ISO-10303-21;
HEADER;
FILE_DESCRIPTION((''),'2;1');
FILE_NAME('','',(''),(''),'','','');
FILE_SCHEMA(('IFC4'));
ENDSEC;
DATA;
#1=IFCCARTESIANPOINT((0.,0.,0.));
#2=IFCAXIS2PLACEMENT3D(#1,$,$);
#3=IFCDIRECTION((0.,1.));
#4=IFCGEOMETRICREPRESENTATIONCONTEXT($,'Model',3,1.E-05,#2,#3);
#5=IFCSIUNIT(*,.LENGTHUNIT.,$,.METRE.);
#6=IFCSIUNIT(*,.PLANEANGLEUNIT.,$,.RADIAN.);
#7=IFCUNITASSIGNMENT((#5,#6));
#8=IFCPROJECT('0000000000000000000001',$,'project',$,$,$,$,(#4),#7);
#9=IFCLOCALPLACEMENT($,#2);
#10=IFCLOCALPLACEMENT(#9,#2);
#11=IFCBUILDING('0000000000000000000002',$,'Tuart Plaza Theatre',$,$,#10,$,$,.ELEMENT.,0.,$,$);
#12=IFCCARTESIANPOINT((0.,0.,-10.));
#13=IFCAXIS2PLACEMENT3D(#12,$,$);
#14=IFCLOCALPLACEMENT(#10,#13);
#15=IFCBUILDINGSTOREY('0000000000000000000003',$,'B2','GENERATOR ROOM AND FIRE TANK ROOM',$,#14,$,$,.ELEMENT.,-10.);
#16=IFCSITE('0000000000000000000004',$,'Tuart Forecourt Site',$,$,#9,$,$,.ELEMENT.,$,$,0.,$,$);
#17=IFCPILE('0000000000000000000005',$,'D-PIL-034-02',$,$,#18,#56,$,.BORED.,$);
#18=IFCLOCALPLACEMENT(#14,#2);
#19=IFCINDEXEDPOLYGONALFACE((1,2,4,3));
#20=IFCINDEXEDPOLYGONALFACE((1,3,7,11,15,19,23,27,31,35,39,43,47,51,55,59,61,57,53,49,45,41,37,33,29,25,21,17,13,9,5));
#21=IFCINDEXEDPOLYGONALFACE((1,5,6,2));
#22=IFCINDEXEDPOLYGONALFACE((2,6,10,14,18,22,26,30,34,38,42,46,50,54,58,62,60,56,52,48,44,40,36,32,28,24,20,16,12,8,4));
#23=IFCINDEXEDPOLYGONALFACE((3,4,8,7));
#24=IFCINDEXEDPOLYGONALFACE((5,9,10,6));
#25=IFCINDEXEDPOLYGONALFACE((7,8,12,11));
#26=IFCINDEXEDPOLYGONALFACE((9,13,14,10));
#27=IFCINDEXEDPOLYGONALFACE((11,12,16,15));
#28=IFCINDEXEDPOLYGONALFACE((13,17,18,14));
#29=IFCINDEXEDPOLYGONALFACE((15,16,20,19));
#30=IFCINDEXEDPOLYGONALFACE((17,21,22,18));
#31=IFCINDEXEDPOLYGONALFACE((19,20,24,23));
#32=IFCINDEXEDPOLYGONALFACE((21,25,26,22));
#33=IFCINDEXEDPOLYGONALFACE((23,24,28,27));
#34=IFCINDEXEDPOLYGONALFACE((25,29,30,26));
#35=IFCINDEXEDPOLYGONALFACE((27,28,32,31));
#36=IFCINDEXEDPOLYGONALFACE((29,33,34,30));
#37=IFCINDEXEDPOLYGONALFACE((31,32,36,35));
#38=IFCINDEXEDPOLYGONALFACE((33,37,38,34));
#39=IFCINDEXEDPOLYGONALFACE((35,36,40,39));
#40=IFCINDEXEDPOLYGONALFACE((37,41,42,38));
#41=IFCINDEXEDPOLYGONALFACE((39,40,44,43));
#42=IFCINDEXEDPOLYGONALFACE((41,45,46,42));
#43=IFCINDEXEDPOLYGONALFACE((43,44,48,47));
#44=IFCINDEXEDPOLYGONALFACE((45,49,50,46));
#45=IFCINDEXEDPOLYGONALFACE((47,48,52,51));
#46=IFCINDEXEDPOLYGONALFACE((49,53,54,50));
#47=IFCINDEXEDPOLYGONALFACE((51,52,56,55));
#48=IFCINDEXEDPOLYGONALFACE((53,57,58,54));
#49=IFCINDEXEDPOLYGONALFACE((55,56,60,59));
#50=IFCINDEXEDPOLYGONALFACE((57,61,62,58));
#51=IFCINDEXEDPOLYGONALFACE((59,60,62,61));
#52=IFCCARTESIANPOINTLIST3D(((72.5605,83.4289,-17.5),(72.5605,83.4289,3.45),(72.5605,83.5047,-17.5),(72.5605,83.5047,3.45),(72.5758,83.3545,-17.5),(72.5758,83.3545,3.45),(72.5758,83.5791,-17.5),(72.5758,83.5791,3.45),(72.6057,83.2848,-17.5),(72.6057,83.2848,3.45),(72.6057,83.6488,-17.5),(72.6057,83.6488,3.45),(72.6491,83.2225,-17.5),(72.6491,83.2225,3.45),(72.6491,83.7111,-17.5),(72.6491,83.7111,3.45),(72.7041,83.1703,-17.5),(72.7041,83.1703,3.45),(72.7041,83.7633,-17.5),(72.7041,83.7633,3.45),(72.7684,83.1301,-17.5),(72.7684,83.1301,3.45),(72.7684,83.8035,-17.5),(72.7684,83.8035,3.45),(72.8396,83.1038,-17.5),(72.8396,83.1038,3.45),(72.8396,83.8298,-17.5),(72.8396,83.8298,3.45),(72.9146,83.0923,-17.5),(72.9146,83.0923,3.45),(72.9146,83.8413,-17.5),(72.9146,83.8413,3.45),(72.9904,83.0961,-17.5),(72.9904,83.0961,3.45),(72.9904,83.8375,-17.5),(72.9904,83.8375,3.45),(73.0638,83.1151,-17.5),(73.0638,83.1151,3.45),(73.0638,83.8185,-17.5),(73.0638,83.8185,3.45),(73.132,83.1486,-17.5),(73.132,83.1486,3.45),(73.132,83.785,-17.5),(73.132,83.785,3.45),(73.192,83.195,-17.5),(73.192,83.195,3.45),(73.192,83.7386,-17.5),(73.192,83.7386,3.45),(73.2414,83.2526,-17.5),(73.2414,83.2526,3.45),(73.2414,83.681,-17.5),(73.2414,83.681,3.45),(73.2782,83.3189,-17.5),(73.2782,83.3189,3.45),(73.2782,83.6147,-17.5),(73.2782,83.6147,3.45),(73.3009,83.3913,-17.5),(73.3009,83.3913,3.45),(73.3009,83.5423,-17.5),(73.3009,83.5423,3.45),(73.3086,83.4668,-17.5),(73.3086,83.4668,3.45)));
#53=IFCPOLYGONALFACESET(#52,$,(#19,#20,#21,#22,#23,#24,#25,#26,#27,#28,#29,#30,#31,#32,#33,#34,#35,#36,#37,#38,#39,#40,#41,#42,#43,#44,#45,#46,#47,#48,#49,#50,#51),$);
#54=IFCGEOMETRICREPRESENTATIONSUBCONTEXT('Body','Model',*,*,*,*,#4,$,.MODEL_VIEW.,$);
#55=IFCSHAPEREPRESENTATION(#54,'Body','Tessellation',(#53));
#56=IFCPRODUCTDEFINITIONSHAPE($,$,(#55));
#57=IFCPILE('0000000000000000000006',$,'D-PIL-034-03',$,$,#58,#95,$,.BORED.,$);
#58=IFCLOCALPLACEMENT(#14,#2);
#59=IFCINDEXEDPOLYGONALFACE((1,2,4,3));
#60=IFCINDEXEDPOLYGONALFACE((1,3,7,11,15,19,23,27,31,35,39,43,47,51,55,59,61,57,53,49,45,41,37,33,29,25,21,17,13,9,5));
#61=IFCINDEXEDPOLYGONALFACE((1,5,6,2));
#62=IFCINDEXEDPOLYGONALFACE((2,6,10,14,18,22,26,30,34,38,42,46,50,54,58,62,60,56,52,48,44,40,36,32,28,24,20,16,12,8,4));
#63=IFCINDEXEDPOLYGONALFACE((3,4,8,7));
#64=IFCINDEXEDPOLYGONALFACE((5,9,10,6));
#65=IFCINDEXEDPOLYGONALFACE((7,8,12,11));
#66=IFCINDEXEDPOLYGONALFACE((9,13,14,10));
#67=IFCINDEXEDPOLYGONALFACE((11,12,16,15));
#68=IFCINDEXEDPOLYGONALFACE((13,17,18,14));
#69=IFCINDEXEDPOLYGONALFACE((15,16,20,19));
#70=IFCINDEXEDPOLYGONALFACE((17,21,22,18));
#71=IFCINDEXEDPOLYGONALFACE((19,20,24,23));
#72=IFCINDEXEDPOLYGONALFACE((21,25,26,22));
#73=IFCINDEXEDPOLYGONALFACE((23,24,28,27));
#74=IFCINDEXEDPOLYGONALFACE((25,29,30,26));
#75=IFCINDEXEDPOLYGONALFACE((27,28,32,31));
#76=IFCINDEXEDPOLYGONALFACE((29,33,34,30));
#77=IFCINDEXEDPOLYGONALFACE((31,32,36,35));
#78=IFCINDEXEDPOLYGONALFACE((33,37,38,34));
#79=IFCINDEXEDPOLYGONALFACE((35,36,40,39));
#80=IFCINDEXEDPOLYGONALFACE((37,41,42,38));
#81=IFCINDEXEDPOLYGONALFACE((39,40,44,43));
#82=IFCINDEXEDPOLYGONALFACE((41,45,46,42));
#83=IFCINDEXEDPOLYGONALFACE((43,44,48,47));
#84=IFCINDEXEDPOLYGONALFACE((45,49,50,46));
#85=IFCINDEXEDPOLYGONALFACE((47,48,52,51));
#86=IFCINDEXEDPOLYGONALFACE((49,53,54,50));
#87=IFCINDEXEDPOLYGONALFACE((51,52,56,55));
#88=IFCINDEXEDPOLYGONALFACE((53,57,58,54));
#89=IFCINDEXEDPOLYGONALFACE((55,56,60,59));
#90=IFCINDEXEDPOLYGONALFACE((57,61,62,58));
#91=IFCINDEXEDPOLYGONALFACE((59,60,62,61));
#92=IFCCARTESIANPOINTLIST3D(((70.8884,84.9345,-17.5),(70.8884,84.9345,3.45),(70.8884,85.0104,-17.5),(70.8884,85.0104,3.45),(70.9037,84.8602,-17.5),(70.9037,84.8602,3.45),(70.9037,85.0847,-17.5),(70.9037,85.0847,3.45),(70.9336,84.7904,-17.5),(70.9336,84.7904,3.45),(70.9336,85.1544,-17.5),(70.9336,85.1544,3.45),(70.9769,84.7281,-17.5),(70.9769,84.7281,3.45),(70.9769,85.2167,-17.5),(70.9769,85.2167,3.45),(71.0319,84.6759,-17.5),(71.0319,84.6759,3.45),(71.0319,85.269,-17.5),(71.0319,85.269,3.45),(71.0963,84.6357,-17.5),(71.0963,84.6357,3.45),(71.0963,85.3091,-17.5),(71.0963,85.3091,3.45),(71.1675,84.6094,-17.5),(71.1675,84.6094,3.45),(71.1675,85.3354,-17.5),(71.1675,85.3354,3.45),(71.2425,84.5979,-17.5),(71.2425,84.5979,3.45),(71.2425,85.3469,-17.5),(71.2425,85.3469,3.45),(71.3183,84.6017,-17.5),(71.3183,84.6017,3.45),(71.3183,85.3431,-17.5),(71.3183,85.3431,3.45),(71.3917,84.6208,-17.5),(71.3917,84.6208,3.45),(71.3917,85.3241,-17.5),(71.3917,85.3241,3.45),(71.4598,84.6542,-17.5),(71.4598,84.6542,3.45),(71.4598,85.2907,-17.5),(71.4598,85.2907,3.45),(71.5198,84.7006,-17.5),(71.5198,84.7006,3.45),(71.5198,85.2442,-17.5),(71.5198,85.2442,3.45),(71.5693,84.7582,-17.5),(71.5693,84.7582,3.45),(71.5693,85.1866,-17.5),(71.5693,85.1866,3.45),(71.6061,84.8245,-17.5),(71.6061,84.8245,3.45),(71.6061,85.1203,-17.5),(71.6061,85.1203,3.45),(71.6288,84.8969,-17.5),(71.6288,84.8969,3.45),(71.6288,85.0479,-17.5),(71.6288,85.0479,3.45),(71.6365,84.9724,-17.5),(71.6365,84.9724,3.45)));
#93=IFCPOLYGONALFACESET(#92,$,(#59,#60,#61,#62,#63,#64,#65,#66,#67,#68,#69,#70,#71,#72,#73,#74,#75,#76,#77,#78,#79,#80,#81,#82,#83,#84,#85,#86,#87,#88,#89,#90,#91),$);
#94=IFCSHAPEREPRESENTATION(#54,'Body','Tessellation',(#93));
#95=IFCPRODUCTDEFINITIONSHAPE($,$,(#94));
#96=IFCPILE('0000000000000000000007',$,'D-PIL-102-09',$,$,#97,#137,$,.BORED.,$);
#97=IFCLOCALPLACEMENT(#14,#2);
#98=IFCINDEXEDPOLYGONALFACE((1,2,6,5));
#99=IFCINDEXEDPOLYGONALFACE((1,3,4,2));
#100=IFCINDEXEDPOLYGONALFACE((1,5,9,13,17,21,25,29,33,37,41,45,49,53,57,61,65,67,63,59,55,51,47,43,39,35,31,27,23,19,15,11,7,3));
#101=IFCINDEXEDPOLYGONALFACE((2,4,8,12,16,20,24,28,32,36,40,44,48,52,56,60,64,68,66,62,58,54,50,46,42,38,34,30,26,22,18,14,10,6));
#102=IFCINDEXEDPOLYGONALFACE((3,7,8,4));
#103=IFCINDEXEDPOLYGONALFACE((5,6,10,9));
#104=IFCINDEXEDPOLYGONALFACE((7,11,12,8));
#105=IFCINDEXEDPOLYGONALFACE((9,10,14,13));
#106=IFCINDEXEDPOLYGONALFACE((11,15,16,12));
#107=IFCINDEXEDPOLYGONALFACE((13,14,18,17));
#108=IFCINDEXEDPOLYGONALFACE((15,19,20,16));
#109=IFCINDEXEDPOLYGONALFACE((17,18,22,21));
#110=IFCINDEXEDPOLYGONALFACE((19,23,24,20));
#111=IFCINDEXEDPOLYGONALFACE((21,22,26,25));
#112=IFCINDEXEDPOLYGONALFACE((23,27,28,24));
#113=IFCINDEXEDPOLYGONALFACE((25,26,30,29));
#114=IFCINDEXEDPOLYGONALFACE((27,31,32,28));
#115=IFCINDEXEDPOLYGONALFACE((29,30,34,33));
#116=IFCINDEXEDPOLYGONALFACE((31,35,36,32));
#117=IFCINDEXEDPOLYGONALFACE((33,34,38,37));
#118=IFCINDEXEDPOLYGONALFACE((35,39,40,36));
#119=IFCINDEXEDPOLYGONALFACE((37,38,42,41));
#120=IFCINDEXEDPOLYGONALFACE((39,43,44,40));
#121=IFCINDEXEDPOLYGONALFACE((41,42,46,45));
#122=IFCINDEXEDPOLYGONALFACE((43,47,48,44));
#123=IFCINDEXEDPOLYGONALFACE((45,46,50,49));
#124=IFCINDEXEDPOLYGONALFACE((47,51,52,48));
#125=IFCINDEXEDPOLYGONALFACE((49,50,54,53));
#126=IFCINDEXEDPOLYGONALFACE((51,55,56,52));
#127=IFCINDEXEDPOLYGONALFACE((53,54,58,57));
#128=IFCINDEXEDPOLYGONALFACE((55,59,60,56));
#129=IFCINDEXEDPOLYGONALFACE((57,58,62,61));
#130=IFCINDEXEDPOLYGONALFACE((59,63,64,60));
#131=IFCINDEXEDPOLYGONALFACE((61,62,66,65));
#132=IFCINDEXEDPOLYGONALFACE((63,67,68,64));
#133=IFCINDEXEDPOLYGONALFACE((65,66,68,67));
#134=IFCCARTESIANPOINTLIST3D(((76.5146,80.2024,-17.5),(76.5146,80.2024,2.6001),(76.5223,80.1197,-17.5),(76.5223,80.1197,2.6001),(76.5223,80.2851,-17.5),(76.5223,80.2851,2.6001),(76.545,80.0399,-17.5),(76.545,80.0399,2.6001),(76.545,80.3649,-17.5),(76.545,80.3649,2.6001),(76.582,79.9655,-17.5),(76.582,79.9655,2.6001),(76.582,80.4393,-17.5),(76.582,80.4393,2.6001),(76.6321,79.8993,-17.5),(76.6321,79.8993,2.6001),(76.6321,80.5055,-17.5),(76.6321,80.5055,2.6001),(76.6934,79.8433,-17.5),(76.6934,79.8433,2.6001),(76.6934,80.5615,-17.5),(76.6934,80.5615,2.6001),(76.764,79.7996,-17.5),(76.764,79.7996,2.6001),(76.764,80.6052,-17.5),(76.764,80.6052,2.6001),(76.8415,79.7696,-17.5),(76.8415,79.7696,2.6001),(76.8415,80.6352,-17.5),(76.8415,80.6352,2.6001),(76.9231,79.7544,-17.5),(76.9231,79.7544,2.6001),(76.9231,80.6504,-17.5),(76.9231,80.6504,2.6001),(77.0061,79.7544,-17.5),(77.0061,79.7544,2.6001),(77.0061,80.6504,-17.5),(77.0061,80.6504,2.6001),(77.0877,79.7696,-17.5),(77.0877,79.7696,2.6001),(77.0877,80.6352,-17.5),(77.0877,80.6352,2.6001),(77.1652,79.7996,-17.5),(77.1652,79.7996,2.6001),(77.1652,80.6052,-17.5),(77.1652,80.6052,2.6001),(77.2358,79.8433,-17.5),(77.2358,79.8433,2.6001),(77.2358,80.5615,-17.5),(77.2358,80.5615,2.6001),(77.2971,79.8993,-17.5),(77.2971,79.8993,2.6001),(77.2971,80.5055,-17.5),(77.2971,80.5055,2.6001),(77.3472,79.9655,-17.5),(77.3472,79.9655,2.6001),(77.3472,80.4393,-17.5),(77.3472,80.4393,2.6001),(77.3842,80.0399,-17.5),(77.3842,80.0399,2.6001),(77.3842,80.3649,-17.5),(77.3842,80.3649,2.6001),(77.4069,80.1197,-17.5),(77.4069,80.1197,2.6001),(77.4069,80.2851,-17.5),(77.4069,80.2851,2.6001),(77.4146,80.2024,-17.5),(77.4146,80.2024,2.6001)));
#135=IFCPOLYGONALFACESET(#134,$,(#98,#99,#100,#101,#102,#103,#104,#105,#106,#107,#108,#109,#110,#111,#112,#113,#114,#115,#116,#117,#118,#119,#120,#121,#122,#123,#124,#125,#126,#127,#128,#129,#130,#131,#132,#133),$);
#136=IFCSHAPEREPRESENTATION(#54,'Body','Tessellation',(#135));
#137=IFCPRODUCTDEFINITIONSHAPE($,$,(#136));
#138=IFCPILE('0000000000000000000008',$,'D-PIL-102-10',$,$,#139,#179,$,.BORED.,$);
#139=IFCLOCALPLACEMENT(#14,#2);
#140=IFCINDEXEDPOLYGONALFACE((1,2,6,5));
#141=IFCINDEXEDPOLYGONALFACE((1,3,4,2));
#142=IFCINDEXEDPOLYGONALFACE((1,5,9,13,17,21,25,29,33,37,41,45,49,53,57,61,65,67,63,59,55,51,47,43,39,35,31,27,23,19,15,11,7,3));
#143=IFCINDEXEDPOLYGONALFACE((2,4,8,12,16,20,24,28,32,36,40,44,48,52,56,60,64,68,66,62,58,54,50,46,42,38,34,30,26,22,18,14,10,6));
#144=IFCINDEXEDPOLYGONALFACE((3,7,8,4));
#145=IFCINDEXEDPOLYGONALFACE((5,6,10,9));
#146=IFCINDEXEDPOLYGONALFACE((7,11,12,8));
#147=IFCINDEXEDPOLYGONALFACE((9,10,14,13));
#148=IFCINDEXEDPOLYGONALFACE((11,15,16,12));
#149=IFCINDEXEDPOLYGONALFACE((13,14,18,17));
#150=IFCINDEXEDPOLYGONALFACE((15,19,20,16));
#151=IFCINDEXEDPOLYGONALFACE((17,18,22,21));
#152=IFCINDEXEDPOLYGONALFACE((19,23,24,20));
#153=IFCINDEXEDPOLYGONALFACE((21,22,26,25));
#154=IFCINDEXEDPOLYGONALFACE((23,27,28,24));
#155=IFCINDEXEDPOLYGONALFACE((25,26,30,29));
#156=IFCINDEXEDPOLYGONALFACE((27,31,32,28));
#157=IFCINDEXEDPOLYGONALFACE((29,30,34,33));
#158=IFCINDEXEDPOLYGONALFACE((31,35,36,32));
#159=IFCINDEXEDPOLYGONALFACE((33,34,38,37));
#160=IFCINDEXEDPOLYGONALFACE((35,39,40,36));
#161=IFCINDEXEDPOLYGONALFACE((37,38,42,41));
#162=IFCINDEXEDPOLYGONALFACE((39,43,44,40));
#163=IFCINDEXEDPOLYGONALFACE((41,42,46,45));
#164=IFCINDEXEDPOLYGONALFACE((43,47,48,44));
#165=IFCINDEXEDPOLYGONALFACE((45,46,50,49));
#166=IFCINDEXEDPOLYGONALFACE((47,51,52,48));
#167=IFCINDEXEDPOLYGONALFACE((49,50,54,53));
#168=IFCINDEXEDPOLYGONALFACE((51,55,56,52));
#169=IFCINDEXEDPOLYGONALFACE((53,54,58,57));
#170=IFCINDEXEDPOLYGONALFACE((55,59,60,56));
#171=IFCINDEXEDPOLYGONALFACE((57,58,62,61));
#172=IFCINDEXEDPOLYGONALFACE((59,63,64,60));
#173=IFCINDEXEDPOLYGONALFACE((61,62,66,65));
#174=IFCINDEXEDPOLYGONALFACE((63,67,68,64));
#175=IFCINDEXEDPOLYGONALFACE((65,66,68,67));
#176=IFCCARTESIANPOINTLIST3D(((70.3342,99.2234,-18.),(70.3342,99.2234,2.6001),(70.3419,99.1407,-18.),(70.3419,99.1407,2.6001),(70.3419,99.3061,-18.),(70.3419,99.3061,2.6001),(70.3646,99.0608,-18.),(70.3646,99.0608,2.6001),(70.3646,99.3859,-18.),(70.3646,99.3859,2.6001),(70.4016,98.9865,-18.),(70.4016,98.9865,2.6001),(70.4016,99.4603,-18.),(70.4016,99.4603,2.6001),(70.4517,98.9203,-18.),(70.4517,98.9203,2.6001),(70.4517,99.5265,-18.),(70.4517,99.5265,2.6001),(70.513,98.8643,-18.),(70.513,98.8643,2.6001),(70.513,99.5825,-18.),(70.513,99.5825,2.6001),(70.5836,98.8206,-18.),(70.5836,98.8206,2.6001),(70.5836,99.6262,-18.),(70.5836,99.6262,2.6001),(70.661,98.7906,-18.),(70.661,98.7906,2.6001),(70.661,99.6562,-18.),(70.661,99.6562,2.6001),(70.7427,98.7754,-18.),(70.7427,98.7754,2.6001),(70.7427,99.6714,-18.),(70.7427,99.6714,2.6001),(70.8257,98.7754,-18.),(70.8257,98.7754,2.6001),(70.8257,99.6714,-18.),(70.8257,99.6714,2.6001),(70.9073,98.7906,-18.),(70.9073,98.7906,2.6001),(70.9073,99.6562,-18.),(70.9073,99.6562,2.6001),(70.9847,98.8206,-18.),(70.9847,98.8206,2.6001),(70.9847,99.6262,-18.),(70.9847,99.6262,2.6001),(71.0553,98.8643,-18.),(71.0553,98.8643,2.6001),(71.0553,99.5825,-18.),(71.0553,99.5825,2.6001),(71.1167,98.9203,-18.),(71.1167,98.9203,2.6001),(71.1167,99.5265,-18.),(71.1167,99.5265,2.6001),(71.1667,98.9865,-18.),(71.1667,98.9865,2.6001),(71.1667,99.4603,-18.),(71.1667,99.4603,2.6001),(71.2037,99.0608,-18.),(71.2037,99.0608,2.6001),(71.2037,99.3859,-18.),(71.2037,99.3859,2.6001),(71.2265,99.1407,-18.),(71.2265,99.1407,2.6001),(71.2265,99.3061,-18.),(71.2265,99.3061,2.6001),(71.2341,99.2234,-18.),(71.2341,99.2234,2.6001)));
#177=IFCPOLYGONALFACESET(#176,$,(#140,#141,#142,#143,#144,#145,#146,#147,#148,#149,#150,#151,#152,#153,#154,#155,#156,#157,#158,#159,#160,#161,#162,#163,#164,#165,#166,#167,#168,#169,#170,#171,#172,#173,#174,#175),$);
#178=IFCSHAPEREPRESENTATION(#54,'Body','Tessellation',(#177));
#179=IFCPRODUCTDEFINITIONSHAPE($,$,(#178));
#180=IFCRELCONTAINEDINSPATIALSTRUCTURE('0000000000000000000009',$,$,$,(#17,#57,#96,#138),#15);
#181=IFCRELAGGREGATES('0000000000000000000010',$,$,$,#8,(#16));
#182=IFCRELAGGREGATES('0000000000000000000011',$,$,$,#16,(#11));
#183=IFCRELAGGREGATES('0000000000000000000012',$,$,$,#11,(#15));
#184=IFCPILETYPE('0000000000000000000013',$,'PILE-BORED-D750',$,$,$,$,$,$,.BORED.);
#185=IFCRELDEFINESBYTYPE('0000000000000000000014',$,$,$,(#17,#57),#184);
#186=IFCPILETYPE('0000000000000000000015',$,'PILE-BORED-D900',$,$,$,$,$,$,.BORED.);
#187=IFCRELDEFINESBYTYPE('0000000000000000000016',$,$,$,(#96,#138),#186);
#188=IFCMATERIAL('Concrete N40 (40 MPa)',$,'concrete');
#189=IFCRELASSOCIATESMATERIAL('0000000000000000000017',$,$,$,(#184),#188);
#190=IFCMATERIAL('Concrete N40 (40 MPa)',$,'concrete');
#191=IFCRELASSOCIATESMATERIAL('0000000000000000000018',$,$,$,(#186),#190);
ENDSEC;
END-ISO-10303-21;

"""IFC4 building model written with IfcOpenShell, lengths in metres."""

from ifc_helpers import new_model, si_unit, direction, frame, origin, origin_2d, place, context, subcontext, project, spatial, circle, extrude, material, material_profile, profile_set, type_object, element, save


model = new_model("IFC4")

# Units and contexts
model_context = context("Model", 3, precision=1e-05, world=origin(), true_north=direction((0.0, 1.0)))
body_context = subcontext(model_context, "Body", "Model", "MODEL_VIEW")
ifc_project = project(units=[si_unit("LENGTHUNIT", "METRE"), si_unit("PLANEANGLEUNIT", "RADIAN")], contexts=[model_context])

# Site, building, storey
site_placement = place(None, origin())
site = spatial("IfcSite", under=ifc_project, at=site_placement, Name="Tuart Forecourt Site", CompositionType="ELEMENT", RefElevation=0.0)
building_placement = place(site_placement, origin())
building = spatial("IfcBuilding", under=site, at=building_placement, Name="Tuart Plaza Theatre", CompositionType="ELEMENT", ElevationOfRefHeight=0.0)
storey_placement = place(building_placement, frame((0.0, 0.0, -10.0)))
storey = spatial("IfcBuildingStorey", under=building, at=storey_placement, Name="B2", Description="GENERATOR ROOM AND FIRE TANK ROOM", CompositionType="ELEMENT", Elevation=-10.0)

# Piles
ifc_material_1 = material(Name="Concrete N40 (40 MPa)", Category="concrete")
ifc_material_profile_1 = material_profile(ifc_material_1, circle(Radius=0.375, at=origin_2d()), Name="PILE-BORED-D750")
ifc_profile_set_1 = profile_set([ifc_material_profile_1], Name="Concrete N40 (40 MPa)")
pile_type_1 = type_object("IfcPileType", Name="PILE-BORED-D750", PredefinedType="BORED", material=ifc_profile_set_1)
for number, where, z_axis, x_axis, name in (
    (1, (72.9336, 83.4668, 3.45), (0.0, 0.0, -1.0), (1.0, 0.0, 0.0), "D-PIL-034-02"),
    (2, (71.2615, 84.9724, 3.45), (0.0, 0.0, -1.0), (1.0, 0.0, 0.0), "D-PIL-034-03"),
):
    element("IfcPile", number, at=place(storey_placement, frame(where, z_axis=z_axis, x_axis=x_axis)), inside=storey, type_object=pile_type_1, Name=name, PredefinedType="BORED", context=body_context, shape_type="SweptSolid", body=[
        extrude(circle(Radius=0.375, at=origin_2d()), origin(), (0.0, 0.0, 1.0), 20.95),
    ])
ifc_material_2 = material(Name="Concrete N40 (40 MPa)", Category="concrete")
ifc_material_profile_2 = material_profile(ifc_material_2, circle(Radius=0.45, at=origin_2d()), Name="PILE-BORED-D900")
ifc_profile_set_2 = profile_set([ifc_material_profile_2], Name="Concrete N40 (40 MPa)")
pile_type_2 = type_object("IfcPileType", Name="PILE-BORED-D900", PredefinedType="BORED", material=ifc_profile_set_2)
pile_1_placement = place(storey_placement, frame((76.9646, 80.2024, 2.6001), z_axis=(0.0, 0.0, -1.0), x_axis=(1.0, 0.0, 0.0)))
element("IfcPile", 3, at=pile_1_placement, inside=storey, type_object=pile_type_2, Name="D-PIL-102-09", PredefinedType="BORED", context=body_context, shape_type="SweptSolid", body=[
    extrude(circle(Radius=0.45, at=origin_2d()), origin(), (0.0, 0.0, 1.0), 20.1001),
])
for number, where, z_axis, x_axis, name in (
    (4, (70.7842, 99.2234, 2.6001), (0.0, 0.0, -1.0), (1.0, 0.0, 0.0), "D-PIL-102-10"),
):
    element("IfcPile", number, at=place(storey_placement, frame(where, z_axis=z_axis, x_axis=x_axis)), inside=storey, type_object=pile_type_2, Name=name, PredefinedType="BORED", context=body_context, shape_type="SweptSolid", body=[
        extrude(circle(Radius=0.45, at=origin_2d()), origin(), (0.0, 0.0, 1.0), 20.6001),
    ])

save(model, "model.ifc")
